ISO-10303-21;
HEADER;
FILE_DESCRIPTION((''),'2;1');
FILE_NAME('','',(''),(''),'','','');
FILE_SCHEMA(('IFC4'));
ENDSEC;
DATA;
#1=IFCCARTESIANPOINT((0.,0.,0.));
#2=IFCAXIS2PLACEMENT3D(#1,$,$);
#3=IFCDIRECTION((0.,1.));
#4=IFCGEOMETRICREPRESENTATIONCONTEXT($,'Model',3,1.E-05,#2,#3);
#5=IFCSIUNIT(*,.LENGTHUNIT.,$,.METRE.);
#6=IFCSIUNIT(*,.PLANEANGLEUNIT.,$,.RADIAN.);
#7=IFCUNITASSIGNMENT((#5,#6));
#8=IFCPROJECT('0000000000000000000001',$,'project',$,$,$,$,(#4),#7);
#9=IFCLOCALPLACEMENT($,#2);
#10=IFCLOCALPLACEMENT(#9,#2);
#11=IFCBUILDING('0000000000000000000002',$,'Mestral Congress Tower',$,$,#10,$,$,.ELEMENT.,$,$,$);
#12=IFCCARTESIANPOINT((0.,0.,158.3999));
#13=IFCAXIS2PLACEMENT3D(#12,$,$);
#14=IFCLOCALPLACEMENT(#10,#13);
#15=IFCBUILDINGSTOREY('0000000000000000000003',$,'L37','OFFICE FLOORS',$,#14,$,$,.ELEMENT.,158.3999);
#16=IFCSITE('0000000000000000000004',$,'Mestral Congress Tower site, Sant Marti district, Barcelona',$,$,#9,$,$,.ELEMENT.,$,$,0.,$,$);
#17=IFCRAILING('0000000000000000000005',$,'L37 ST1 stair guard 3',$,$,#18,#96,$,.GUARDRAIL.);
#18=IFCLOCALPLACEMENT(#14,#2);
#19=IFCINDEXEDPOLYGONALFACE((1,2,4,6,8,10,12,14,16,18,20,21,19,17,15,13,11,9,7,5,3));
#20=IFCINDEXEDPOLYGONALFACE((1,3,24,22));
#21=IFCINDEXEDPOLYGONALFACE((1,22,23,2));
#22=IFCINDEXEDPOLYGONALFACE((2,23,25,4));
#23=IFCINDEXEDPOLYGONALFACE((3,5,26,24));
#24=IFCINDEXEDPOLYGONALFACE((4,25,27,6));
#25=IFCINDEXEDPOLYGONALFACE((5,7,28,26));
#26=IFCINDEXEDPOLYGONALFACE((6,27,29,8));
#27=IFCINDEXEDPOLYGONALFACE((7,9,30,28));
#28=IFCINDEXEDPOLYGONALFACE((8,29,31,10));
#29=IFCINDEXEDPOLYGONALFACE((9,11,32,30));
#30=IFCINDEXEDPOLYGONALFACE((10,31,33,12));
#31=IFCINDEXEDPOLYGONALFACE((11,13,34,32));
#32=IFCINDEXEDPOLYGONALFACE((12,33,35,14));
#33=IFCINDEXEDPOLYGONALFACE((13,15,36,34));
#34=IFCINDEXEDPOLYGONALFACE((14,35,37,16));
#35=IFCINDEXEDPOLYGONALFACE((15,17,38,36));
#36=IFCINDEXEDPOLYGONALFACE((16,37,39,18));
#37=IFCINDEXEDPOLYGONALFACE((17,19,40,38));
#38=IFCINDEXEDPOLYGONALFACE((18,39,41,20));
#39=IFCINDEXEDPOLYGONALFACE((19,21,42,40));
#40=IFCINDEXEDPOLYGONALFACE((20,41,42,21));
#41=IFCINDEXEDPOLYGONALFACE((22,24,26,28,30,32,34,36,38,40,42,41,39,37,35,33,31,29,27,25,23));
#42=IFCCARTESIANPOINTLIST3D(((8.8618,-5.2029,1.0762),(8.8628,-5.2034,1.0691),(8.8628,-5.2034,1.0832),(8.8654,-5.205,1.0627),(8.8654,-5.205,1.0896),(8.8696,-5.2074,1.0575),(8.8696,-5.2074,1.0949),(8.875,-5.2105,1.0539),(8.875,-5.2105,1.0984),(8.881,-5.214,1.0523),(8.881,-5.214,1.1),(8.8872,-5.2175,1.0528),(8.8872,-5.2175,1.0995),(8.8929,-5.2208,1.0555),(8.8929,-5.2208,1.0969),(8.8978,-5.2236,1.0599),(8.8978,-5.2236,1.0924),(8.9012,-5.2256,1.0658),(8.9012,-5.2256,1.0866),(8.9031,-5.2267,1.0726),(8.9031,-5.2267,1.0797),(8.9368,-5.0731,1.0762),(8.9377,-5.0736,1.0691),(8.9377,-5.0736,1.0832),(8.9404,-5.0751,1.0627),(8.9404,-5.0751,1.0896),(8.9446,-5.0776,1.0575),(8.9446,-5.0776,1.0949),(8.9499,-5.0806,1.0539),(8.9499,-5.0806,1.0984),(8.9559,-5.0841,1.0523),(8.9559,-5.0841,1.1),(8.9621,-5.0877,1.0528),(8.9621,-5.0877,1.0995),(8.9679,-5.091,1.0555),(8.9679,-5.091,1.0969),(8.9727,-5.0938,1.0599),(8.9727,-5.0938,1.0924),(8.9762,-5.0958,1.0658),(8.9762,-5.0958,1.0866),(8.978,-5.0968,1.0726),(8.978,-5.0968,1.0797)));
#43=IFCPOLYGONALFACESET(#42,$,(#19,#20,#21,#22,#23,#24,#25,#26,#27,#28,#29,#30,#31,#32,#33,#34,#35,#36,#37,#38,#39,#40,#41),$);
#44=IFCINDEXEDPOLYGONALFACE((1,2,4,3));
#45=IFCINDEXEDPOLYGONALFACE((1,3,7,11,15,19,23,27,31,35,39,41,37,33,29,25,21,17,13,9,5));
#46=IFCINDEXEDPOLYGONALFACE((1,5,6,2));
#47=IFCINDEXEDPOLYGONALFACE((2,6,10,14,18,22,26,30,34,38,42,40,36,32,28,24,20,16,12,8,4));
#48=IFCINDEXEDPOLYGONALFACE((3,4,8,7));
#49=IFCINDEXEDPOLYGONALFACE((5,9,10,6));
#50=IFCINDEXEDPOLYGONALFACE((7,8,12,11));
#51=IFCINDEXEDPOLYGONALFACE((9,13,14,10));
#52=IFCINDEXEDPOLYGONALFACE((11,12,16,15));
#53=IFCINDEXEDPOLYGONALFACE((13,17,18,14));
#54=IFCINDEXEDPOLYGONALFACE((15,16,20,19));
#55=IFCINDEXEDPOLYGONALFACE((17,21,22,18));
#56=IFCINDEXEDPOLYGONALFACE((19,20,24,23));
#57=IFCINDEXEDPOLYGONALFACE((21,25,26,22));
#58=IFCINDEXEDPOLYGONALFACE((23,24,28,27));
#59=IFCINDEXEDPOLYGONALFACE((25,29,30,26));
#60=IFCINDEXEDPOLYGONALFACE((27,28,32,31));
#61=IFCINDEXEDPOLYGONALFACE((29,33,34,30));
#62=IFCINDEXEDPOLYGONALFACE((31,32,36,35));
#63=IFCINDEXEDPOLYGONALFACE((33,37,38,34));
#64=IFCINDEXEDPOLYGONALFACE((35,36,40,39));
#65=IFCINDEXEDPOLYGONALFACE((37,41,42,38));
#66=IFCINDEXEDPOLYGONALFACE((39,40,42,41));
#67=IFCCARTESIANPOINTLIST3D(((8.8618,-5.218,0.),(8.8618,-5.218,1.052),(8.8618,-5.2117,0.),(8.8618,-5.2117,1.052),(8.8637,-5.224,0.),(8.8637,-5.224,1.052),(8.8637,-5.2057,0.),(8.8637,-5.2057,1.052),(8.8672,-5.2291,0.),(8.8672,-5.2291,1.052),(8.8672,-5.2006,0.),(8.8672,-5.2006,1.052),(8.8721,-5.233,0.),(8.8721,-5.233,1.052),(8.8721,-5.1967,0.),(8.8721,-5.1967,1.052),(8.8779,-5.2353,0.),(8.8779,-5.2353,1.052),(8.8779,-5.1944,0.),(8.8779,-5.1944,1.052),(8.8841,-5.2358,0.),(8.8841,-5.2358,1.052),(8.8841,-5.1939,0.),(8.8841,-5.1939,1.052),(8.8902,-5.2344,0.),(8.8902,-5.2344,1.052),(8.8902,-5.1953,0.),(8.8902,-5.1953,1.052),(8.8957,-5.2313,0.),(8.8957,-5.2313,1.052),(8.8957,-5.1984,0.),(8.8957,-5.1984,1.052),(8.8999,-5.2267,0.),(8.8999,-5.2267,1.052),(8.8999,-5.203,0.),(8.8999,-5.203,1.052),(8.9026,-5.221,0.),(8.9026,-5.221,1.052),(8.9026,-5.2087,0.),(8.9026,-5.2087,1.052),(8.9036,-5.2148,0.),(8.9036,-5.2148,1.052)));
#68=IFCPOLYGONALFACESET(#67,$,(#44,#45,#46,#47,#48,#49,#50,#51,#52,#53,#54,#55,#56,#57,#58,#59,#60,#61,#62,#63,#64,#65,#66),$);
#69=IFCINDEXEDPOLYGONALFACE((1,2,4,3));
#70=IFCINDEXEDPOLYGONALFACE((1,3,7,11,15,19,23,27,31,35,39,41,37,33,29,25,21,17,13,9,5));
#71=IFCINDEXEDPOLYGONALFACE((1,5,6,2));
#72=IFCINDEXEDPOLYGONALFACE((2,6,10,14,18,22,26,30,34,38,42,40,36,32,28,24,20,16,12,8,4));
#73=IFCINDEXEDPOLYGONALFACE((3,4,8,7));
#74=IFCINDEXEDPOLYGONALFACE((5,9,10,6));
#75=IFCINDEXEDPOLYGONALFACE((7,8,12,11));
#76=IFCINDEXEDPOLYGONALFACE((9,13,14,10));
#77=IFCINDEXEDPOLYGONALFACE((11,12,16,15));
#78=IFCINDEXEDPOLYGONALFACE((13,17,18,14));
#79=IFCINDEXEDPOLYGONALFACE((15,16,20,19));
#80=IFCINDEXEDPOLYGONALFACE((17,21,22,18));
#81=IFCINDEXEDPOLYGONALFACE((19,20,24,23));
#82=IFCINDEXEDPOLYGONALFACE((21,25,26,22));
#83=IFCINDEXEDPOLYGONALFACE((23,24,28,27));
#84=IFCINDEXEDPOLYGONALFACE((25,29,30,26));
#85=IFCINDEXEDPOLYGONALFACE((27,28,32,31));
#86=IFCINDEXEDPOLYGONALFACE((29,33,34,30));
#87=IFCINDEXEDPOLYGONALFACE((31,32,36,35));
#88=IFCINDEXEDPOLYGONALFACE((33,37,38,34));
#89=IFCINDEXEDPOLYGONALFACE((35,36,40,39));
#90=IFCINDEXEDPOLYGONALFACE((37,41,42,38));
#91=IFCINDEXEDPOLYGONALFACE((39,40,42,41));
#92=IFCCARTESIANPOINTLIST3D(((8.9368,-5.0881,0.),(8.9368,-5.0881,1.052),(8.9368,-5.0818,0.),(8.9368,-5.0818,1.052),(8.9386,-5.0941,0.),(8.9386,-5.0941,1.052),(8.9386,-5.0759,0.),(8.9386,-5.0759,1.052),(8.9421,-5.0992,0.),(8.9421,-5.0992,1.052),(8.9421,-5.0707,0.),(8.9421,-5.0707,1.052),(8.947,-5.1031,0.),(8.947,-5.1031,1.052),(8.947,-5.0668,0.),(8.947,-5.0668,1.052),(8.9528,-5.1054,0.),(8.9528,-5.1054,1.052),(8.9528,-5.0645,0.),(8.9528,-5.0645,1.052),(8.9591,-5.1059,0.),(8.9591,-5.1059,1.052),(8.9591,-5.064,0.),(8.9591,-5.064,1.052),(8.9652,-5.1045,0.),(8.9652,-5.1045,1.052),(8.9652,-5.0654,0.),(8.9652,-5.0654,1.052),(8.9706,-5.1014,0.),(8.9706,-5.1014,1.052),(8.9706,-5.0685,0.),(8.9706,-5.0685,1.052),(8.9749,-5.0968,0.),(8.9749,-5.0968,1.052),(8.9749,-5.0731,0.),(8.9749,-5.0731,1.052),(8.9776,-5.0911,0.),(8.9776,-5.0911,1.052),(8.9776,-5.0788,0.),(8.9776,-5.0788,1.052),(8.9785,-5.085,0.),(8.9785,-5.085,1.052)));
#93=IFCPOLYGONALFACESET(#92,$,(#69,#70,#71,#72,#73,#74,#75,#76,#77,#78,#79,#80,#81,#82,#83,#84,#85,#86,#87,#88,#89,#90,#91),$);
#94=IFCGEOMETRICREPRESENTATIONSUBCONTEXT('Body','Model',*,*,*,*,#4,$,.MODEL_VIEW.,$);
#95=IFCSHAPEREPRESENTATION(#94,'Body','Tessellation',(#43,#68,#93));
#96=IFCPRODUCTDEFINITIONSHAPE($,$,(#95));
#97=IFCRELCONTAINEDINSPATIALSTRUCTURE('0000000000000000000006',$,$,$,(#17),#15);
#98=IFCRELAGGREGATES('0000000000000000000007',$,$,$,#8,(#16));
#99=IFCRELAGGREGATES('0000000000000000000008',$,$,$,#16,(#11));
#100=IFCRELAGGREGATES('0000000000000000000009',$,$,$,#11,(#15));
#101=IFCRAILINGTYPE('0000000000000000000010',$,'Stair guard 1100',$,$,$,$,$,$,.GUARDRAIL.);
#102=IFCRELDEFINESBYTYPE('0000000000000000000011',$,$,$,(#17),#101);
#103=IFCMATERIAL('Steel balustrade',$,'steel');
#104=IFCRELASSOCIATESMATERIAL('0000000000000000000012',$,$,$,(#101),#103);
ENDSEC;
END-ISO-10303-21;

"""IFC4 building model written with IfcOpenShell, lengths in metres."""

from ifc_helpers import new_model, si_unit, direction, frame, origin, origin_2d, place, context, subcontext, project, spatial, circle, extrude, material, type_object, element, save


model = new_model("IFC4")

# Units and contexts
model_context = context("Model", 3, precision=1e-05, world=origin(), true_north=direction((0.0, 1.0)))
body_context = subcontext(model_context, "Body", "Model", "MODEL_VIEW")
ifc_project = project(units=[si_unit("LENGTHUNIT", "METRE"), si_unit("PLANEANGLEUNIT", "RADIAN")], contexts=[model_context])

# Site, building, storey
site_placement = place(None, origin())
site = spatial("IfcSite", under=ifc_project, at=site_placement, Name="Mestral Congress Tower site, Sant Marti district, Barcelona", CompositionType="ELEMENT", RefElevation=0.0)
building_placement = place(site_placement, origin())
building = spatial("IfcBuilding", under=site, at=building_placement, Name="Mestral Congress Tower", CompositionType="ELEMENT")
storey_placement = place(building_placement, frame((0.0, 0.0, 158.3999)))
storey = spatial("IfcBuildingStorey", under=building, at=storey_placement, Name="L37", Description="OFFICE FLOORS", CompositionType="ELEMENT", Elevation=158.3999)

# Railing
ifc_material_1 = material(Name="Steel balustrade", Category="steel")
railing_type_1 = type_object("IfcRailingType", Name="Stair guard 1100", PredefinedType="GUARDRAIL", material=ifc_material_1)
railing_1_placement = place(storey_placement, frame((8.8826, -5.2148, 0.0)))
element("IfcRailing", 1, at=railing_1_placement, inside=storey, type_object=railing_type_1, Name="L37 ST1 stair guard 3", PredefinedType="GUARDRAIL", context=body_context, shape_type="SweptSolid", body=[
    extrude(circle(Radius=0.0239, at=origin_2d()), frame((0.0, 0.0, 1.0762), z_axis=(0.499816, 0.866131, 0.0), x_axis=(-0.866131, 0.499816, 0.0)), (0.0, 0.0, 1.0), 0.1499),
    extrude(circle(Radius=0.021, at=origin_2d()), origin(), (0.0, 0.0, 1.0), 1.052),
    extrude(circle(Radius=0.021, at=origin_2d()), frame((0.075, 0.1299, 0.0)), (0.0, 0.0, 1.0), 1.052),
])

save(model, "model.ifc")
